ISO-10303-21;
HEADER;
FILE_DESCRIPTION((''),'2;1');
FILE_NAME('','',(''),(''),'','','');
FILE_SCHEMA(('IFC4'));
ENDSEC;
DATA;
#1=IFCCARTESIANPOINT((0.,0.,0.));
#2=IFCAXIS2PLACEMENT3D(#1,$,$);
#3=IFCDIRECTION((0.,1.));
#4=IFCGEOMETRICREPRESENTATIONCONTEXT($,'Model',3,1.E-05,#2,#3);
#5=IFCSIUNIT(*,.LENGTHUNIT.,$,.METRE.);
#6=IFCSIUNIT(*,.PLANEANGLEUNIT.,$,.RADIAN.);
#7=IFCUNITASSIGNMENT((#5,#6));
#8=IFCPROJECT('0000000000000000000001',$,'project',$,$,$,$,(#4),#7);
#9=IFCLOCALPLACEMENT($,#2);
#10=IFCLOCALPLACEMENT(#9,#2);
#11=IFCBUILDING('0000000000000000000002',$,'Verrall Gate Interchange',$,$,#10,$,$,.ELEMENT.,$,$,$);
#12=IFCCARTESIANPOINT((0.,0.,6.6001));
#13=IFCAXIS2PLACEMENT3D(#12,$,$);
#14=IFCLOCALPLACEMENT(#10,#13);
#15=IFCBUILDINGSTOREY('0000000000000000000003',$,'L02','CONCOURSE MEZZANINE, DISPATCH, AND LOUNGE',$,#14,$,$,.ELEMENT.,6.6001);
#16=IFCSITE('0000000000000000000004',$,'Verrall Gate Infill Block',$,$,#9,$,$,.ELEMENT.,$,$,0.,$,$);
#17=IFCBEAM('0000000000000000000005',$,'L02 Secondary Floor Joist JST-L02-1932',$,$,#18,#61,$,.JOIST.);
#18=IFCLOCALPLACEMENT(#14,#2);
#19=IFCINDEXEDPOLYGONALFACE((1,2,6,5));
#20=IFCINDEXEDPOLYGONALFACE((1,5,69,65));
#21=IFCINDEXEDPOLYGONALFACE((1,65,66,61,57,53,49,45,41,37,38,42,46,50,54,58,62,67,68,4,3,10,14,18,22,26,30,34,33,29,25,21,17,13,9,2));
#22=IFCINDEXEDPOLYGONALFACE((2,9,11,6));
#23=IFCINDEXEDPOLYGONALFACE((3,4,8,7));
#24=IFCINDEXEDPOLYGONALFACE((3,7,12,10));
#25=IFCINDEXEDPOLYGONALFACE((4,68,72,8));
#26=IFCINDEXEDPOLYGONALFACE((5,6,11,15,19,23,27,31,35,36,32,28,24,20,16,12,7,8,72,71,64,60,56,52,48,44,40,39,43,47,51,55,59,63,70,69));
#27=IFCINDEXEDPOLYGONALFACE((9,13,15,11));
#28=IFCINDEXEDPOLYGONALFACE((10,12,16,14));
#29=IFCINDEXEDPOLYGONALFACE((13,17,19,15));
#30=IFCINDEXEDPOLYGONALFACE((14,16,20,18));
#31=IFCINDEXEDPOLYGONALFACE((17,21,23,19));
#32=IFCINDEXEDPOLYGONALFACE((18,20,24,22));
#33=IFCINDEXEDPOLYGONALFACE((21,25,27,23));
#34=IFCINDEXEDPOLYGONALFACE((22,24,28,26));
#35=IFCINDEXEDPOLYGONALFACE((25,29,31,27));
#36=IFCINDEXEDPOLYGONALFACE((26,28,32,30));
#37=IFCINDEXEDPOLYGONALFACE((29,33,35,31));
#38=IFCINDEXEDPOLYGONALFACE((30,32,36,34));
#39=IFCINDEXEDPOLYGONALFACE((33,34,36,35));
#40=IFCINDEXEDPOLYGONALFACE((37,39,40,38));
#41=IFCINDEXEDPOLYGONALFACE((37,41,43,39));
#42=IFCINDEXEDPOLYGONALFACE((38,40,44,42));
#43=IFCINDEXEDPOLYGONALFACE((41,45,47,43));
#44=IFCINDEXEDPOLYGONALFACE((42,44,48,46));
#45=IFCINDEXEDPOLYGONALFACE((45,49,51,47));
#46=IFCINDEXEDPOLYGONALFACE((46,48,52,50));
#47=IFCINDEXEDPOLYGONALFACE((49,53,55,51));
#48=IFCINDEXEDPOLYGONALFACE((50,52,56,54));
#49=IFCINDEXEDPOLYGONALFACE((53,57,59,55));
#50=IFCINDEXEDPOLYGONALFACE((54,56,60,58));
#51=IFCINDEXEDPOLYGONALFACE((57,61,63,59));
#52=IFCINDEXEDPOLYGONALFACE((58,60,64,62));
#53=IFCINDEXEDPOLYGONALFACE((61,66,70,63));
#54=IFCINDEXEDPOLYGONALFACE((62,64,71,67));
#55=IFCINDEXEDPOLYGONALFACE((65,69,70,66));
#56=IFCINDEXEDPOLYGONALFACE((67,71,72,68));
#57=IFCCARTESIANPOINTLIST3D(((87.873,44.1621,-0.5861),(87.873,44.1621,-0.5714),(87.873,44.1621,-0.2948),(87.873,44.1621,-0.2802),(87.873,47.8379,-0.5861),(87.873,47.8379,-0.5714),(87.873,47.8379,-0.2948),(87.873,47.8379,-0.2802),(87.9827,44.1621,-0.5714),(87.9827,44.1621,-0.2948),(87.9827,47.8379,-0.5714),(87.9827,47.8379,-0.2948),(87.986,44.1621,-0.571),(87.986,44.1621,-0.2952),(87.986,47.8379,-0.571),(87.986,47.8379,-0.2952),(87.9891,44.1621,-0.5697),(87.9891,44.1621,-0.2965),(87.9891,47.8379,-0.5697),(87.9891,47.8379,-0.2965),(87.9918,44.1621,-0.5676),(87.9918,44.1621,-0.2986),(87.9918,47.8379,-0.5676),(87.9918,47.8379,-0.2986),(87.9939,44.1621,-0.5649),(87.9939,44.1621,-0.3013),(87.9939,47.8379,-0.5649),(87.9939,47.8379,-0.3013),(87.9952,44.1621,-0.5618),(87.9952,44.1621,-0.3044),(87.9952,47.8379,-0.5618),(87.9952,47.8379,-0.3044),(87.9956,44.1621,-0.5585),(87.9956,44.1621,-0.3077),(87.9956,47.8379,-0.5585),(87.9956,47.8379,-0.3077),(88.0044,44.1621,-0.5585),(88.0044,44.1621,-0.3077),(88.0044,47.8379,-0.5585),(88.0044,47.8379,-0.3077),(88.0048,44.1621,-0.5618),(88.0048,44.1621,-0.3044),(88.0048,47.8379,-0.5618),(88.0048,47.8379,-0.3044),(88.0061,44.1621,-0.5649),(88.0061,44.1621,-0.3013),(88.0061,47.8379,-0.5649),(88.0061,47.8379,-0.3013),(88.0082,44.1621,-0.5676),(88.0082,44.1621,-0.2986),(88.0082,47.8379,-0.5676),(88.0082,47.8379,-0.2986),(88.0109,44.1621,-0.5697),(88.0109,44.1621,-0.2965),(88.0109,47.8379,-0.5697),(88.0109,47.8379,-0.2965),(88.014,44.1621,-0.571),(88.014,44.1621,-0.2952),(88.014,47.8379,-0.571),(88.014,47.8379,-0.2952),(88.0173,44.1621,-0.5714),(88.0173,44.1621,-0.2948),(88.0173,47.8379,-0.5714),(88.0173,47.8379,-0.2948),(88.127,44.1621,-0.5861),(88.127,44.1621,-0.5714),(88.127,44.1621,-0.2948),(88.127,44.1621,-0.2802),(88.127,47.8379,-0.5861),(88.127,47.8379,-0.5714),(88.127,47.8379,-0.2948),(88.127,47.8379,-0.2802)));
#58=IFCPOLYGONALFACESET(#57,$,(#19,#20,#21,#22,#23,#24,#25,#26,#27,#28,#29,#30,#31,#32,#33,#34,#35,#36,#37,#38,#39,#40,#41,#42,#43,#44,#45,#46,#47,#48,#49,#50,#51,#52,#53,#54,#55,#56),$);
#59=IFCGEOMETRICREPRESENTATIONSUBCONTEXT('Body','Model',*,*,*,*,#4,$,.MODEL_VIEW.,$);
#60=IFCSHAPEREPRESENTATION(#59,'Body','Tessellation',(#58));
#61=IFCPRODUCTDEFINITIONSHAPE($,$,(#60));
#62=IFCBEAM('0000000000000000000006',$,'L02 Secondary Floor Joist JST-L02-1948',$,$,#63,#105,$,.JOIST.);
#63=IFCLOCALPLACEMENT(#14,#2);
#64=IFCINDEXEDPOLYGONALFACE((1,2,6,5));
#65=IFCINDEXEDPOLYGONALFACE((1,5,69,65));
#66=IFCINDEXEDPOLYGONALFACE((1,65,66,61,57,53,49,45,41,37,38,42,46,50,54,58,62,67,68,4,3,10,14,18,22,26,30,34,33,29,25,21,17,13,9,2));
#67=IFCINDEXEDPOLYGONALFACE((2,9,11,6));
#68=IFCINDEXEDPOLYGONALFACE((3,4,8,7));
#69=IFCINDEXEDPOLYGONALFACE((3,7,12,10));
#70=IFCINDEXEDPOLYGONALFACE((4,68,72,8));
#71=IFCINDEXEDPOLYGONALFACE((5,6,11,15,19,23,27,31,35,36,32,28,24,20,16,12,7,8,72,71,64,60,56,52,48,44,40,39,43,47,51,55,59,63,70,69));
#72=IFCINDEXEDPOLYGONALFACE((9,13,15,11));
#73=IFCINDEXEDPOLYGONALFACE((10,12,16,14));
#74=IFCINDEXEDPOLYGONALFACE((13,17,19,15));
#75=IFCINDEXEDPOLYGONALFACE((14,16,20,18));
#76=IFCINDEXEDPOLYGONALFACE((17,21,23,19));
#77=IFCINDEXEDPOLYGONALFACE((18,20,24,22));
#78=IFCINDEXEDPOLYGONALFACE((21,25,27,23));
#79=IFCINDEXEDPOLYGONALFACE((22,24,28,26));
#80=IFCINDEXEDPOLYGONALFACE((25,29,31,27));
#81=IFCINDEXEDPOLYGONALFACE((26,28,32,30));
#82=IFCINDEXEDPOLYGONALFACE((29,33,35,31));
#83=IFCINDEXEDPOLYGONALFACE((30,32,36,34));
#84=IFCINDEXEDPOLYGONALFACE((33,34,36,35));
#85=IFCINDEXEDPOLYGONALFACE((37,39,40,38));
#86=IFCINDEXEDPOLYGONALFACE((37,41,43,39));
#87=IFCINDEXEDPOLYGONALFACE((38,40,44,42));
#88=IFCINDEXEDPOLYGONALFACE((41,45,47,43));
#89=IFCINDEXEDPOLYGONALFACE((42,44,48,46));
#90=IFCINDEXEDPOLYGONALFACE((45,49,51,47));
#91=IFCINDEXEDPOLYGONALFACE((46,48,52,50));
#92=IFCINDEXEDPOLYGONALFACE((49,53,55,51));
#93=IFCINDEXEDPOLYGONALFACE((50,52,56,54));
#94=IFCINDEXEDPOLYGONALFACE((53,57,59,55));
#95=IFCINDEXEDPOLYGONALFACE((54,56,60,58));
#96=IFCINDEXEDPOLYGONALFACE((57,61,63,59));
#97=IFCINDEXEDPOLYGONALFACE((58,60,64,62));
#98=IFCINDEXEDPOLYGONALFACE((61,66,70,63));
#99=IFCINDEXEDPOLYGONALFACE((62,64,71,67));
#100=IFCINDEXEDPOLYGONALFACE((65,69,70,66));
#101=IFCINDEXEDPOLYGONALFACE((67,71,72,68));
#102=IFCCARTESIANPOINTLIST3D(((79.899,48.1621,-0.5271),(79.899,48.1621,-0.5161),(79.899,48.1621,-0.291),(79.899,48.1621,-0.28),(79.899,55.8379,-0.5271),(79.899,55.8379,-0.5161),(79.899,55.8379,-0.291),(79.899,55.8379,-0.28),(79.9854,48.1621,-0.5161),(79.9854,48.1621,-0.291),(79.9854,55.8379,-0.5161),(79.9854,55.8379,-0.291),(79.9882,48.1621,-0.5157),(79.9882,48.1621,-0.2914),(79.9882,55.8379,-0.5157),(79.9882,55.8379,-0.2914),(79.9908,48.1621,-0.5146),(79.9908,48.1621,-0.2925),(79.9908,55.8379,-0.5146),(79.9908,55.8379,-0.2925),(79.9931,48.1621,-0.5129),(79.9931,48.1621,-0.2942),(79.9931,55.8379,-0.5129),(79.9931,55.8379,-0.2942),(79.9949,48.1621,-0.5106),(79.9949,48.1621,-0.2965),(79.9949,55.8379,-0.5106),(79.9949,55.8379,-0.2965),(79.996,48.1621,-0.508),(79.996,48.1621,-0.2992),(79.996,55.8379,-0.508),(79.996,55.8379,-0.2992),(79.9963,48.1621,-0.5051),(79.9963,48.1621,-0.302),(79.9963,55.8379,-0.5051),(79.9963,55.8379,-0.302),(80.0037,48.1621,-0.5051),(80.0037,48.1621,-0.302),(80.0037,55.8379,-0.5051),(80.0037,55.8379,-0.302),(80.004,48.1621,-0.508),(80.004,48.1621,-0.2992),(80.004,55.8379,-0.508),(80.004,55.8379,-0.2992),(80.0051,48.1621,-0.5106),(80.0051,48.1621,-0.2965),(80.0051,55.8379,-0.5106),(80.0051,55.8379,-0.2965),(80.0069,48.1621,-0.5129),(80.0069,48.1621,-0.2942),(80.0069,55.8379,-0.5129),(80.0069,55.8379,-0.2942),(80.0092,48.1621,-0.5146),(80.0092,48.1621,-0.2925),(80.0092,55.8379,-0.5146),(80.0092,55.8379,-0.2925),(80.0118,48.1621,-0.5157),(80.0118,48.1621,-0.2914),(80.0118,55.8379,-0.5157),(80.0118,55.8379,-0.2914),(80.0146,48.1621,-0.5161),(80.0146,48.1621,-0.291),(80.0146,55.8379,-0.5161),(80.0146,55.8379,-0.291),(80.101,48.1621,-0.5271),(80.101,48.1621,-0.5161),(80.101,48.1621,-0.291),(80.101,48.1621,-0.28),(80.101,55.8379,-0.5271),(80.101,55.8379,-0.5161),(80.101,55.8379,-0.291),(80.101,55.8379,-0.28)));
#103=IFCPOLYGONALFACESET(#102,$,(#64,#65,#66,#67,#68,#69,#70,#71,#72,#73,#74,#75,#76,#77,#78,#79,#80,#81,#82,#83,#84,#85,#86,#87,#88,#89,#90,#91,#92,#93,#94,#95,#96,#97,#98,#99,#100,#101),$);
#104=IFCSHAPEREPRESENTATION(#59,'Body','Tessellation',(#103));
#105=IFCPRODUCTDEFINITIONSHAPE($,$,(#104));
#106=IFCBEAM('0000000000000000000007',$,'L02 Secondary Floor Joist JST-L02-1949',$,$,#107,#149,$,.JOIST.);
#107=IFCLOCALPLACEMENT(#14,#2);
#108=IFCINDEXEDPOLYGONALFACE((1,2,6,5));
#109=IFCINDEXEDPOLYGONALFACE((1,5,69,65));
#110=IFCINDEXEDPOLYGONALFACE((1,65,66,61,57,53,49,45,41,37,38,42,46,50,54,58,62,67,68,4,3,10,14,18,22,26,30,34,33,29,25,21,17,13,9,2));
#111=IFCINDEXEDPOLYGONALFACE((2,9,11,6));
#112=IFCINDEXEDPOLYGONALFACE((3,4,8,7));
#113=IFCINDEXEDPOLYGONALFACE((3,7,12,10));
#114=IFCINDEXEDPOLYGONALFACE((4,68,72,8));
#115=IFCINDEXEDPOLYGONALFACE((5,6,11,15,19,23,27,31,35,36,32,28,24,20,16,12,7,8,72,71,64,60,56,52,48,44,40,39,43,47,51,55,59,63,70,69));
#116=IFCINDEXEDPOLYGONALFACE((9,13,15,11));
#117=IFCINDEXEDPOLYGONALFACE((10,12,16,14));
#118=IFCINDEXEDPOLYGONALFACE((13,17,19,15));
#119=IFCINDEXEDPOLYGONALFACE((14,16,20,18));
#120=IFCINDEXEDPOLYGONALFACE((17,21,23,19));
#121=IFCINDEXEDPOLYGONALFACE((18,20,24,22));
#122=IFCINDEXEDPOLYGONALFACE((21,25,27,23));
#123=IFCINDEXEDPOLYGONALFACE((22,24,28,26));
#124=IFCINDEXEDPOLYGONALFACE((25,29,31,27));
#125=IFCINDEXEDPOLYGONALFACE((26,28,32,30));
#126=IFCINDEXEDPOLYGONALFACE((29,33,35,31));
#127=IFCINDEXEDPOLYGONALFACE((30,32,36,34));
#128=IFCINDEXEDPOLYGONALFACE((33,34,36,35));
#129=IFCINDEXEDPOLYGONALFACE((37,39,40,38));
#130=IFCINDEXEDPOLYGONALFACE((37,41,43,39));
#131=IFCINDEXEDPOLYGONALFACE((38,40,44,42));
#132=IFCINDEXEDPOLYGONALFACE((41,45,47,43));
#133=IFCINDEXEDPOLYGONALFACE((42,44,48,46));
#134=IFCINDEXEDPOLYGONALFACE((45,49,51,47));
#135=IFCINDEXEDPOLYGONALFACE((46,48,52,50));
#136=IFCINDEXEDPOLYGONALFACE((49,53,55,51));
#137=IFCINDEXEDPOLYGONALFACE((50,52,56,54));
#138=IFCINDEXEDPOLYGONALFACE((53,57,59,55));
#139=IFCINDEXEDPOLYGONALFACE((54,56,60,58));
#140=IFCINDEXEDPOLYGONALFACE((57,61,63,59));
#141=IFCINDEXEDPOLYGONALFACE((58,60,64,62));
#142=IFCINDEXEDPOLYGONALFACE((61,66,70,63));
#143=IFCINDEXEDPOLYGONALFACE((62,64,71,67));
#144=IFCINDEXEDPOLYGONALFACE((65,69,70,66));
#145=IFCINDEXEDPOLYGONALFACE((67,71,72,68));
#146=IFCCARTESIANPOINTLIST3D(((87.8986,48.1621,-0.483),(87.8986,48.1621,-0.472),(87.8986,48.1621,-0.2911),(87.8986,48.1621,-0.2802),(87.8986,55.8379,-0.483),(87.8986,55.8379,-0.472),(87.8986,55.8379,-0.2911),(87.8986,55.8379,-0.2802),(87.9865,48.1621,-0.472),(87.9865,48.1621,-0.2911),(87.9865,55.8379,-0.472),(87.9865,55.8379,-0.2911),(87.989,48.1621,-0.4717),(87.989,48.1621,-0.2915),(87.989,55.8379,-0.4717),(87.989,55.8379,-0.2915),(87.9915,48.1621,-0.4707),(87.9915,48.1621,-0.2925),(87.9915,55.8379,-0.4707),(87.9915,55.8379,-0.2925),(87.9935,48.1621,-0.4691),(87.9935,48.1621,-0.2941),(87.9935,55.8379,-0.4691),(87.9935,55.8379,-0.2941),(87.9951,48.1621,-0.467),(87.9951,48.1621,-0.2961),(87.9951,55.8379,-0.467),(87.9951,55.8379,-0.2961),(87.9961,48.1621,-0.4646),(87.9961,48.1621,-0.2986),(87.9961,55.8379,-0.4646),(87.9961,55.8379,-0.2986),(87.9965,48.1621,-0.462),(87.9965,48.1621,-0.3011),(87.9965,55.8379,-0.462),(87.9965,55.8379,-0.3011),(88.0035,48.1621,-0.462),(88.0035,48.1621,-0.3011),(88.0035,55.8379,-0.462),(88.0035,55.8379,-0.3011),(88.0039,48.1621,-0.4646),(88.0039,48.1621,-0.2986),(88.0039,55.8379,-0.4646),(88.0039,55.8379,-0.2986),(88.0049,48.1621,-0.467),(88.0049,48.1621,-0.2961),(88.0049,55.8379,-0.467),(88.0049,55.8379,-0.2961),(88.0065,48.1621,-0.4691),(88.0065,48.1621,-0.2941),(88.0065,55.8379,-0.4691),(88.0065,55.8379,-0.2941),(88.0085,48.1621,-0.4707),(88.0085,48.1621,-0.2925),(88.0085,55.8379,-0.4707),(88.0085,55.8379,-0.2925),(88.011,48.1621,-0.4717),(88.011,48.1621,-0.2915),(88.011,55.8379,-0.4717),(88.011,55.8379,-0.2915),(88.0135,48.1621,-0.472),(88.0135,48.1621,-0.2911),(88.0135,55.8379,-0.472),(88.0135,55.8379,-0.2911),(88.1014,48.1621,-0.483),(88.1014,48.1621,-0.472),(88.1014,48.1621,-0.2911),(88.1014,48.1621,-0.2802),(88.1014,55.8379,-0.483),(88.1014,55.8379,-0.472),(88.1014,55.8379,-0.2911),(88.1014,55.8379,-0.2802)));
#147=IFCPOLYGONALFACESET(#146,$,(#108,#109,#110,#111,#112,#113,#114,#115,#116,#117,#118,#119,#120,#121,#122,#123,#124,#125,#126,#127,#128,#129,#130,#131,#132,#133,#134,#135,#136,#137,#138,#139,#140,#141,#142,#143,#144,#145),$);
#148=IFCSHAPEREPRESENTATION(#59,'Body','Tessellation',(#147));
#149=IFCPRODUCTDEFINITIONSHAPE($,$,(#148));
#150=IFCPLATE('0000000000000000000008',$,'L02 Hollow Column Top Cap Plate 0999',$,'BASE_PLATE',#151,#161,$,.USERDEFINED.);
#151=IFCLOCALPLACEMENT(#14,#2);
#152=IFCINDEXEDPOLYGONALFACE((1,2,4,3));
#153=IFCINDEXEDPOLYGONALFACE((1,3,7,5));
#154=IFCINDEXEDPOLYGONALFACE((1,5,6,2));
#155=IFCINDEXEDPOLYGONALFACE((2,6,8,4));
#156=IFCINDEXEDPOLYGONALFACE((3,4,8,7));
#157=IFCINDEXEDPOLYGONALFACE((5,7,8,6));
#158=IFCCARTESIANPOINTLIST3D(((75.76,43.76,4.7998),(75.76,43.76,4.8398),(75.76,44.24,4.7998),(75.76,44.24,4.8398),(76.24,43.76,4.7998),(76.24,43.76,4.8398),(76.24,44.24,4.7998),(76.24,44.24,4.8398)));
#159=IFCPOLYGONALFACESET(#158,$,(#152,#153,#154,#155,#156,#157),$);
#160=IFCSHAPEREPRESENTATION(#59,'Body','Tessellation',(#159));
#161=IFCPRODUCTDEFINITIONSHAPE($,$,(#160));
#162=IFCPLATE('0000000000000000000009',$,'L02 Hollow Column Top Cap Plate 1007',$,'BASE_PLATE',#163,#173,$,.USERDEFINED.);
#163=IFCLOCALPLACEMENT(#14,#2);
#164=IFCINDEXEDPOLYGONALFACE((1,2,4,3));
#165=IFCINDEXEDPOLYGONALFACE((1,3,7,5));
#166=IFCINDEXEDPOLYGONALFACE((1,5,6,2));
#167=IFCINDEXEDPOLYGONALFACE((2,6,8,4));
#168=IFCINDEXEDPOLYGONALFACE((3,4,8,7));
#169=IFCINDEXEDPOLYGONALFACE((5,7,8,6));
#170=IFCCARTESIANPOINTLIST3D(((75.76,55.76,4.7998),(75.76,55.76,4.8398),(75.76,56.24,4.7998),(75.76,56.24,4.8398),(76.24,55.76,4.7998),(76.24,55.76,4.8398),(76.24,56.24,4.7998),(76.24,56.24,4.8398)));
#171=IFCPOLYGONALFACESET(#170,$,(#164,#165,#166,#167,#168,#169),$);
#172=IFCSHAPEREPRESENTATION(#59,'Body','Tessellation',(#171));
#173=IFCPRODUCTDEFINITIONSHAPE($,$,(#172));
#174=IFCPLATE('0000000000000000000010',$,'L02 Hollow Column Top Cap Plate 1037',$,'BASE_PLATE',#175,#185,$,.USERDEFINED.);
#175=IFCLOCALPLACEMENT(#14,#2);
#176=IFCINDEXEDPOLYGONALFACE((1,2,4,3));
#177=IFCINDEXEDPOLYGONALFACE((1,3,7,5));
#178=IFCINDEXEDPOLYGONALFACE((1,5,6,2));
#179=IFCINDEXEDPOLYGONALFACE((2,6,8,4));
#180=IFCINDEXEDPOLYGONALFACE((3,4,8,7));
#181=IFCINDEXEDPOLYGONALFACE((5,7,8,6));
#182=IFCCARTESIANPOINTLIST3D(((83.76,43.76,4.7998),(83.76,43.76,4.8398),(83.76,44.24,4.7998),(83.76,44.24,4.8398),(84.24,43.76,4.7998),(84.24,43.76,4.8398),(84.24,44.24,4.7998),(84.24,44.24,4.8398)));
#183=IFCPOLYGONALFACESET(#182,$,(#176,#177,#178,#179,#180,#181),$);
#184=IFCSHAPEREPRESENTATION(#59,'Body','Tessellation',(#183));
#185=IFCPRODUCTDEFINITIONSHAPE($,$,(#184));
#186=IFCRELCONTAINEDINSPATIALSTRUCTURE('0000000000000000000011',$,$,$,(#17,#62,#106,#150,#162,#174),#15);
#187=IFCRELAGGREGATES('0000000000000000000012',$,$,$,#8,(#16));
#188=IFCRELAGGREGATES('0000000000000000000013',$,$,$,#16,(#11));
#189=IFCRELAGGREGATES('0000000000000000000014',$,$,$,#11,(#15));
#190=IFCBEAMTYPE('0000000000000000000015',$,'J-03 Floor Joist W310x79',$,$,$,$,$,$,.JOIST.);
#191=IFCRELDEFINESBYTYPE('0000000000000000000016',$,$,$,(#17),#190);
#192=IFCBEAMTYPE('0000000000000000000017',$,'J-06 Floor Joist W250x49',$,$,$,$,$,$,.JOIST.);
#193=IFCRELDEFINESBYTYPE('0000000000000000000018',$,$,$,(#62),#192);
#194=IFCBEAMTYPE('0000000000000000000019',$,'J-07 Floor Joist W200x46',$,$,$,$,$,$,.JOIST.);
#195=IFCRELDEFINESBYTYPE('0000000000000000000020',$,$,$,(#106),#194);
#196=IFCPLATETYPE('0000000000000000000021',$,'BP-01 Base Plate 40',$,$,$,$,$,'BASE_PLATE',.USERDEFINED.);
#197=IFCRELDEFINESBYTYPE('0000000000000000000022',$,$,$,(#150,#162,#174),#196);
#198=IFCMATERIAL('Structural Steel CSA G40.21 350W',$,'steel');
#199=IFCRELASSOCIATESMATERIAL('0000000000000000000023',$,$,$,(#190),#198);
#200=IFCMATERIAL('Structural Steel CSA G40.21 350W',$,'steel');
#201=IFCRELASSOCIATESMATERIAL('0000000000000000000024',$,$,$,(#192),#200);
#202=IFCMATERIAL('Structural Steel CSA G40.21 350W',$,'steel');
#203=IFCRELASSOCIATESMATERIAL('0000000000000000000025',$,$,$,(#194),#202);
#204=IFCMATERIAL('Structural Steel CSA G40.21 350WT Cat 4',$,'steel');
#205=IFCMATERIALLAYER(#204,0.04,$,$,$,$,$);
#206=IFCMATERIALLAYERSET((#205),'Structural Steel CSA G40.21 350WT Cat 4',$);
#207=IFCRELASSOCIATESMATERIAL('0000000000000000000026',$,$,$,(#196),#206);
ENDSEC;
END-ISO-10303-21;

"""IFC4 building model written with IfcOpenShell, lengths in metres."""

from ifc_helpers import new_model, si_unit, direction, frame, origin, origin_2d, place, context, subcontext, project, spatial, rectangle, i_section, extrude, material, layer, layer_set, material_profile, profile_set, type_object, element, save


model = new_model("IFC4")

# Units and contexts
model_context = context("Model", 3, precision=1e-05, world=origin(), true_north=direction((0.0, 1.0)))
body_context = subcontext(model_context, "Body", "Model", "MODEL_VIEW")
ifc_project = project(units=[si_unit("LENGTHUNIT", "METRE"), si_unit("PLANEANGLEUNIT", "RADIAN")], contexts=[model_context])

# Site, building, storey
site_placement = place(None, origin())
site = spatial("IfcSite", under=ifc_project, at=site_placement, Name="Verrall Gate Infill Block", CompositionType="ELEMENT", RefElevation=0.0)
building_placement = place(site_placement, origin())
building = spatial("IfcBuilding", under=site, at=building_placement, Name="Verrall Gate Interchange", CompositionType="ELEMENT")
storey_placement = place(building_placement, frame((0.0, 0.0, 6.6001)))
storey = spatial("IfcBuildingStorey", under=building, at=storey_placement, Name="L02", Description="CONCOURSE MEZZANINE, DISPATCH, AND LOUNGE", CompositionType="ELEMENT", Elevation=6.6001)

# Beams
ifc_material_1 = material(Name="Structural Steel CSA G40.21 350W", Category="steel")
ifc_material_profile_1 = material_profile(ifc_material_1, i_section(OverallWidth=0.2539, OverallDepth=0.3059, WebThickness=0.0088, FlangeThickness=0.0146, FilletRadius=0.0129, at=origin_2d()), Name="W310x79")
ifc_profile_set_1 = profile_set([ifc_material_profile_1], Name="Structural Steel CSA G40.21 350W")
beam_type_1 = type_object("IfcBeamType", Name="J-03 Floor Joist W310x79", PredefinedType="JOIST", material=ifc_profile_set_1)
beam_1_placement = place(storey_placement, frame((88.0, 44.1621, -0.4331), z_axis=(0.0, 1.0, 0.0), x_axis=(-1.0, 0.0, 0.0)))
element("IfcBeam", 1, at=beam_1_placement, inside=storey, type_object=beam_type_1, Name="L02 Secondary Floor Joist JST-L02-1932", PredefinedType="JOIST", context=body_context, shape_type="SweptSolid", body=[
    extrude(i_section(OverallWidth=0.2539, OverallDepth=0.3059, WebThickness=0.0088, FlangeThickness=0.0146, FilletRadius=0.0129, at=origin_2d()), origin(), (0.0, 0.0, 1.0), 3.6758),
])
ifc_material_2 = material(Name="Structural Steel CSA G40.21 350W", Category="steel")
ifc_material_profile_2 = material_profile(ifc_material_2, i_section(OverallWidth=0.2019, OverallDepth=0.2471, WebThickness=0.0073, FlangeThickness=0.011, FilletRadius=0.011, at=origin_2d()), Name="W250x49")
ifc_profile_set_2 = profile_set([ifc_material_profile_2], Name="Structural Steel CSA G40.21 350W")
beam_type_2 = type_object("IfcBeamType", Name="J-06 Floor Joist W250x49", PredefinedType="JOIST", material=ifc_profile_set_2)
beam_2_placement = place(storey_placement, frame((80.0, 48.1621, -0.4036), z_axis=(0.0, 1.0, 0.0), x_axis=(-1.0, 0.0, 0.0)))
element("IfcBeam", 2, at=beam_2_placement, inside=storey, type_object=beam_type_2, Name="L02 Secondary Floor Joist JST-L02-1948", PredefinedType="JOIST", context=body_context, shape_type="SweptSolid", body=[
    extrude(i_section(OverallWidth=0.2019, OverallDepth=0.2471, WebThickness=0.0073, FlangeThickness=0.011, FilletRadius=0.011, at=origin_2d()), origin(), (0.0, 0.0, 1.0), 7.6758),
])
ifc_material_3 = material(Name="Structural Steel CSA G40.21 350W", Category="steel")
ifc_material_profile_3 = material_profile(ifc_material_3, i_section(OverallWidth=0.2029, OverallDepth=0.2029, WebThickness=0.0071, FlangeThickness=0.011, FilletRadius=0.01, at=origin_2d()), Name="W200x46")
ifc_profile_set_3 = profile_set([ifc_material_profile_3], Name="Structural Steel CSA G40.21 350W")
beam_type_3 = type_object("IfcBeamType", Name="J-07 Floor Joist W200x46", PredefinedType="JOIST", material=ifc_profile_set_3)
beam_3_placement = place(storey_placement, frame((88.0, 48.1621, -0.3816), z_axis=(0.0, 1.0, 0.0), x_axis=(-1.0, 0.0, 0.0)))
element("IfcBeam", 3, at=beam_3_placement, inside=storey, type_object=beam_type_3, Name="L02 Secondary Floor Joist JST-L02-1949", PredefinedType="JOIST", context=body_context, shape_type="SweptSolid", body=[
    extrude(i_section(OverallWidth=0.2029, OverallDepth=0.2029, WebThickness=0.0071, FlangeThickness=0.011, FilletRadius=0.01, at=origin_2d()), origin(), (0.0, 0.0, 1.0), 7.6758),
])

# Plates
ifc_material_4 = material(Name="Structural Steel CSA G40.21 350WT Cat 4", Category="steel")
ifc_layer_1 = layer(ifc_material_4, 0.04)
ifc_layer_set_1 = layer_set([ifc_layer_1], Name="Structural Steel CSA G40.21 350WT Cat 4")
plate_type_1 = type_object("IfcPlateType", Name="BP-01 Base Plate 40", ElementType="BASE_PLATE", PredefinedType="USERDEFINED", material=ifc_layer_set_1)
for number, where, z_axis, x_axis, name in (
    (4, (76.0, 44.0, 4.7998), (0.0, 0.0, 1.0), (1.0, 0.0, 0.0), "L02 Hollow Column Top Cap Plate 0999"),
    (5, (76.0, 56.0, 4.7998), (0.0, 0.0, 1.0), (1.0, 0.0, 0.0), "L02 Hollow Column Top Cap Plate 1007"),
    (6, (84.0, 44.0, 4.7998), (0.0, 0.0, 1.0), (1.0, 0.0, 0.0), "L02 Hollow Column Top Cap Plate 1037"),
):
    element("IfcPlate", number, at=place(storey_placement, frame(where, z_axis=z_axis, x_axis=x_axis)), inside=storey, type_object=plate_type_1, Name=name, ObjectType="BASE_PLATE", PredefinedType="USERDEFINED", context=body_context, shape_type="SweptSolid", body=[
        extrude(rectangle(XDim=0.48, YDim=0.48, at=origin_2d()), origin(), (0.0, 0.0, 1.0), 0.04),
    ])

save(model, "model.ifc")
